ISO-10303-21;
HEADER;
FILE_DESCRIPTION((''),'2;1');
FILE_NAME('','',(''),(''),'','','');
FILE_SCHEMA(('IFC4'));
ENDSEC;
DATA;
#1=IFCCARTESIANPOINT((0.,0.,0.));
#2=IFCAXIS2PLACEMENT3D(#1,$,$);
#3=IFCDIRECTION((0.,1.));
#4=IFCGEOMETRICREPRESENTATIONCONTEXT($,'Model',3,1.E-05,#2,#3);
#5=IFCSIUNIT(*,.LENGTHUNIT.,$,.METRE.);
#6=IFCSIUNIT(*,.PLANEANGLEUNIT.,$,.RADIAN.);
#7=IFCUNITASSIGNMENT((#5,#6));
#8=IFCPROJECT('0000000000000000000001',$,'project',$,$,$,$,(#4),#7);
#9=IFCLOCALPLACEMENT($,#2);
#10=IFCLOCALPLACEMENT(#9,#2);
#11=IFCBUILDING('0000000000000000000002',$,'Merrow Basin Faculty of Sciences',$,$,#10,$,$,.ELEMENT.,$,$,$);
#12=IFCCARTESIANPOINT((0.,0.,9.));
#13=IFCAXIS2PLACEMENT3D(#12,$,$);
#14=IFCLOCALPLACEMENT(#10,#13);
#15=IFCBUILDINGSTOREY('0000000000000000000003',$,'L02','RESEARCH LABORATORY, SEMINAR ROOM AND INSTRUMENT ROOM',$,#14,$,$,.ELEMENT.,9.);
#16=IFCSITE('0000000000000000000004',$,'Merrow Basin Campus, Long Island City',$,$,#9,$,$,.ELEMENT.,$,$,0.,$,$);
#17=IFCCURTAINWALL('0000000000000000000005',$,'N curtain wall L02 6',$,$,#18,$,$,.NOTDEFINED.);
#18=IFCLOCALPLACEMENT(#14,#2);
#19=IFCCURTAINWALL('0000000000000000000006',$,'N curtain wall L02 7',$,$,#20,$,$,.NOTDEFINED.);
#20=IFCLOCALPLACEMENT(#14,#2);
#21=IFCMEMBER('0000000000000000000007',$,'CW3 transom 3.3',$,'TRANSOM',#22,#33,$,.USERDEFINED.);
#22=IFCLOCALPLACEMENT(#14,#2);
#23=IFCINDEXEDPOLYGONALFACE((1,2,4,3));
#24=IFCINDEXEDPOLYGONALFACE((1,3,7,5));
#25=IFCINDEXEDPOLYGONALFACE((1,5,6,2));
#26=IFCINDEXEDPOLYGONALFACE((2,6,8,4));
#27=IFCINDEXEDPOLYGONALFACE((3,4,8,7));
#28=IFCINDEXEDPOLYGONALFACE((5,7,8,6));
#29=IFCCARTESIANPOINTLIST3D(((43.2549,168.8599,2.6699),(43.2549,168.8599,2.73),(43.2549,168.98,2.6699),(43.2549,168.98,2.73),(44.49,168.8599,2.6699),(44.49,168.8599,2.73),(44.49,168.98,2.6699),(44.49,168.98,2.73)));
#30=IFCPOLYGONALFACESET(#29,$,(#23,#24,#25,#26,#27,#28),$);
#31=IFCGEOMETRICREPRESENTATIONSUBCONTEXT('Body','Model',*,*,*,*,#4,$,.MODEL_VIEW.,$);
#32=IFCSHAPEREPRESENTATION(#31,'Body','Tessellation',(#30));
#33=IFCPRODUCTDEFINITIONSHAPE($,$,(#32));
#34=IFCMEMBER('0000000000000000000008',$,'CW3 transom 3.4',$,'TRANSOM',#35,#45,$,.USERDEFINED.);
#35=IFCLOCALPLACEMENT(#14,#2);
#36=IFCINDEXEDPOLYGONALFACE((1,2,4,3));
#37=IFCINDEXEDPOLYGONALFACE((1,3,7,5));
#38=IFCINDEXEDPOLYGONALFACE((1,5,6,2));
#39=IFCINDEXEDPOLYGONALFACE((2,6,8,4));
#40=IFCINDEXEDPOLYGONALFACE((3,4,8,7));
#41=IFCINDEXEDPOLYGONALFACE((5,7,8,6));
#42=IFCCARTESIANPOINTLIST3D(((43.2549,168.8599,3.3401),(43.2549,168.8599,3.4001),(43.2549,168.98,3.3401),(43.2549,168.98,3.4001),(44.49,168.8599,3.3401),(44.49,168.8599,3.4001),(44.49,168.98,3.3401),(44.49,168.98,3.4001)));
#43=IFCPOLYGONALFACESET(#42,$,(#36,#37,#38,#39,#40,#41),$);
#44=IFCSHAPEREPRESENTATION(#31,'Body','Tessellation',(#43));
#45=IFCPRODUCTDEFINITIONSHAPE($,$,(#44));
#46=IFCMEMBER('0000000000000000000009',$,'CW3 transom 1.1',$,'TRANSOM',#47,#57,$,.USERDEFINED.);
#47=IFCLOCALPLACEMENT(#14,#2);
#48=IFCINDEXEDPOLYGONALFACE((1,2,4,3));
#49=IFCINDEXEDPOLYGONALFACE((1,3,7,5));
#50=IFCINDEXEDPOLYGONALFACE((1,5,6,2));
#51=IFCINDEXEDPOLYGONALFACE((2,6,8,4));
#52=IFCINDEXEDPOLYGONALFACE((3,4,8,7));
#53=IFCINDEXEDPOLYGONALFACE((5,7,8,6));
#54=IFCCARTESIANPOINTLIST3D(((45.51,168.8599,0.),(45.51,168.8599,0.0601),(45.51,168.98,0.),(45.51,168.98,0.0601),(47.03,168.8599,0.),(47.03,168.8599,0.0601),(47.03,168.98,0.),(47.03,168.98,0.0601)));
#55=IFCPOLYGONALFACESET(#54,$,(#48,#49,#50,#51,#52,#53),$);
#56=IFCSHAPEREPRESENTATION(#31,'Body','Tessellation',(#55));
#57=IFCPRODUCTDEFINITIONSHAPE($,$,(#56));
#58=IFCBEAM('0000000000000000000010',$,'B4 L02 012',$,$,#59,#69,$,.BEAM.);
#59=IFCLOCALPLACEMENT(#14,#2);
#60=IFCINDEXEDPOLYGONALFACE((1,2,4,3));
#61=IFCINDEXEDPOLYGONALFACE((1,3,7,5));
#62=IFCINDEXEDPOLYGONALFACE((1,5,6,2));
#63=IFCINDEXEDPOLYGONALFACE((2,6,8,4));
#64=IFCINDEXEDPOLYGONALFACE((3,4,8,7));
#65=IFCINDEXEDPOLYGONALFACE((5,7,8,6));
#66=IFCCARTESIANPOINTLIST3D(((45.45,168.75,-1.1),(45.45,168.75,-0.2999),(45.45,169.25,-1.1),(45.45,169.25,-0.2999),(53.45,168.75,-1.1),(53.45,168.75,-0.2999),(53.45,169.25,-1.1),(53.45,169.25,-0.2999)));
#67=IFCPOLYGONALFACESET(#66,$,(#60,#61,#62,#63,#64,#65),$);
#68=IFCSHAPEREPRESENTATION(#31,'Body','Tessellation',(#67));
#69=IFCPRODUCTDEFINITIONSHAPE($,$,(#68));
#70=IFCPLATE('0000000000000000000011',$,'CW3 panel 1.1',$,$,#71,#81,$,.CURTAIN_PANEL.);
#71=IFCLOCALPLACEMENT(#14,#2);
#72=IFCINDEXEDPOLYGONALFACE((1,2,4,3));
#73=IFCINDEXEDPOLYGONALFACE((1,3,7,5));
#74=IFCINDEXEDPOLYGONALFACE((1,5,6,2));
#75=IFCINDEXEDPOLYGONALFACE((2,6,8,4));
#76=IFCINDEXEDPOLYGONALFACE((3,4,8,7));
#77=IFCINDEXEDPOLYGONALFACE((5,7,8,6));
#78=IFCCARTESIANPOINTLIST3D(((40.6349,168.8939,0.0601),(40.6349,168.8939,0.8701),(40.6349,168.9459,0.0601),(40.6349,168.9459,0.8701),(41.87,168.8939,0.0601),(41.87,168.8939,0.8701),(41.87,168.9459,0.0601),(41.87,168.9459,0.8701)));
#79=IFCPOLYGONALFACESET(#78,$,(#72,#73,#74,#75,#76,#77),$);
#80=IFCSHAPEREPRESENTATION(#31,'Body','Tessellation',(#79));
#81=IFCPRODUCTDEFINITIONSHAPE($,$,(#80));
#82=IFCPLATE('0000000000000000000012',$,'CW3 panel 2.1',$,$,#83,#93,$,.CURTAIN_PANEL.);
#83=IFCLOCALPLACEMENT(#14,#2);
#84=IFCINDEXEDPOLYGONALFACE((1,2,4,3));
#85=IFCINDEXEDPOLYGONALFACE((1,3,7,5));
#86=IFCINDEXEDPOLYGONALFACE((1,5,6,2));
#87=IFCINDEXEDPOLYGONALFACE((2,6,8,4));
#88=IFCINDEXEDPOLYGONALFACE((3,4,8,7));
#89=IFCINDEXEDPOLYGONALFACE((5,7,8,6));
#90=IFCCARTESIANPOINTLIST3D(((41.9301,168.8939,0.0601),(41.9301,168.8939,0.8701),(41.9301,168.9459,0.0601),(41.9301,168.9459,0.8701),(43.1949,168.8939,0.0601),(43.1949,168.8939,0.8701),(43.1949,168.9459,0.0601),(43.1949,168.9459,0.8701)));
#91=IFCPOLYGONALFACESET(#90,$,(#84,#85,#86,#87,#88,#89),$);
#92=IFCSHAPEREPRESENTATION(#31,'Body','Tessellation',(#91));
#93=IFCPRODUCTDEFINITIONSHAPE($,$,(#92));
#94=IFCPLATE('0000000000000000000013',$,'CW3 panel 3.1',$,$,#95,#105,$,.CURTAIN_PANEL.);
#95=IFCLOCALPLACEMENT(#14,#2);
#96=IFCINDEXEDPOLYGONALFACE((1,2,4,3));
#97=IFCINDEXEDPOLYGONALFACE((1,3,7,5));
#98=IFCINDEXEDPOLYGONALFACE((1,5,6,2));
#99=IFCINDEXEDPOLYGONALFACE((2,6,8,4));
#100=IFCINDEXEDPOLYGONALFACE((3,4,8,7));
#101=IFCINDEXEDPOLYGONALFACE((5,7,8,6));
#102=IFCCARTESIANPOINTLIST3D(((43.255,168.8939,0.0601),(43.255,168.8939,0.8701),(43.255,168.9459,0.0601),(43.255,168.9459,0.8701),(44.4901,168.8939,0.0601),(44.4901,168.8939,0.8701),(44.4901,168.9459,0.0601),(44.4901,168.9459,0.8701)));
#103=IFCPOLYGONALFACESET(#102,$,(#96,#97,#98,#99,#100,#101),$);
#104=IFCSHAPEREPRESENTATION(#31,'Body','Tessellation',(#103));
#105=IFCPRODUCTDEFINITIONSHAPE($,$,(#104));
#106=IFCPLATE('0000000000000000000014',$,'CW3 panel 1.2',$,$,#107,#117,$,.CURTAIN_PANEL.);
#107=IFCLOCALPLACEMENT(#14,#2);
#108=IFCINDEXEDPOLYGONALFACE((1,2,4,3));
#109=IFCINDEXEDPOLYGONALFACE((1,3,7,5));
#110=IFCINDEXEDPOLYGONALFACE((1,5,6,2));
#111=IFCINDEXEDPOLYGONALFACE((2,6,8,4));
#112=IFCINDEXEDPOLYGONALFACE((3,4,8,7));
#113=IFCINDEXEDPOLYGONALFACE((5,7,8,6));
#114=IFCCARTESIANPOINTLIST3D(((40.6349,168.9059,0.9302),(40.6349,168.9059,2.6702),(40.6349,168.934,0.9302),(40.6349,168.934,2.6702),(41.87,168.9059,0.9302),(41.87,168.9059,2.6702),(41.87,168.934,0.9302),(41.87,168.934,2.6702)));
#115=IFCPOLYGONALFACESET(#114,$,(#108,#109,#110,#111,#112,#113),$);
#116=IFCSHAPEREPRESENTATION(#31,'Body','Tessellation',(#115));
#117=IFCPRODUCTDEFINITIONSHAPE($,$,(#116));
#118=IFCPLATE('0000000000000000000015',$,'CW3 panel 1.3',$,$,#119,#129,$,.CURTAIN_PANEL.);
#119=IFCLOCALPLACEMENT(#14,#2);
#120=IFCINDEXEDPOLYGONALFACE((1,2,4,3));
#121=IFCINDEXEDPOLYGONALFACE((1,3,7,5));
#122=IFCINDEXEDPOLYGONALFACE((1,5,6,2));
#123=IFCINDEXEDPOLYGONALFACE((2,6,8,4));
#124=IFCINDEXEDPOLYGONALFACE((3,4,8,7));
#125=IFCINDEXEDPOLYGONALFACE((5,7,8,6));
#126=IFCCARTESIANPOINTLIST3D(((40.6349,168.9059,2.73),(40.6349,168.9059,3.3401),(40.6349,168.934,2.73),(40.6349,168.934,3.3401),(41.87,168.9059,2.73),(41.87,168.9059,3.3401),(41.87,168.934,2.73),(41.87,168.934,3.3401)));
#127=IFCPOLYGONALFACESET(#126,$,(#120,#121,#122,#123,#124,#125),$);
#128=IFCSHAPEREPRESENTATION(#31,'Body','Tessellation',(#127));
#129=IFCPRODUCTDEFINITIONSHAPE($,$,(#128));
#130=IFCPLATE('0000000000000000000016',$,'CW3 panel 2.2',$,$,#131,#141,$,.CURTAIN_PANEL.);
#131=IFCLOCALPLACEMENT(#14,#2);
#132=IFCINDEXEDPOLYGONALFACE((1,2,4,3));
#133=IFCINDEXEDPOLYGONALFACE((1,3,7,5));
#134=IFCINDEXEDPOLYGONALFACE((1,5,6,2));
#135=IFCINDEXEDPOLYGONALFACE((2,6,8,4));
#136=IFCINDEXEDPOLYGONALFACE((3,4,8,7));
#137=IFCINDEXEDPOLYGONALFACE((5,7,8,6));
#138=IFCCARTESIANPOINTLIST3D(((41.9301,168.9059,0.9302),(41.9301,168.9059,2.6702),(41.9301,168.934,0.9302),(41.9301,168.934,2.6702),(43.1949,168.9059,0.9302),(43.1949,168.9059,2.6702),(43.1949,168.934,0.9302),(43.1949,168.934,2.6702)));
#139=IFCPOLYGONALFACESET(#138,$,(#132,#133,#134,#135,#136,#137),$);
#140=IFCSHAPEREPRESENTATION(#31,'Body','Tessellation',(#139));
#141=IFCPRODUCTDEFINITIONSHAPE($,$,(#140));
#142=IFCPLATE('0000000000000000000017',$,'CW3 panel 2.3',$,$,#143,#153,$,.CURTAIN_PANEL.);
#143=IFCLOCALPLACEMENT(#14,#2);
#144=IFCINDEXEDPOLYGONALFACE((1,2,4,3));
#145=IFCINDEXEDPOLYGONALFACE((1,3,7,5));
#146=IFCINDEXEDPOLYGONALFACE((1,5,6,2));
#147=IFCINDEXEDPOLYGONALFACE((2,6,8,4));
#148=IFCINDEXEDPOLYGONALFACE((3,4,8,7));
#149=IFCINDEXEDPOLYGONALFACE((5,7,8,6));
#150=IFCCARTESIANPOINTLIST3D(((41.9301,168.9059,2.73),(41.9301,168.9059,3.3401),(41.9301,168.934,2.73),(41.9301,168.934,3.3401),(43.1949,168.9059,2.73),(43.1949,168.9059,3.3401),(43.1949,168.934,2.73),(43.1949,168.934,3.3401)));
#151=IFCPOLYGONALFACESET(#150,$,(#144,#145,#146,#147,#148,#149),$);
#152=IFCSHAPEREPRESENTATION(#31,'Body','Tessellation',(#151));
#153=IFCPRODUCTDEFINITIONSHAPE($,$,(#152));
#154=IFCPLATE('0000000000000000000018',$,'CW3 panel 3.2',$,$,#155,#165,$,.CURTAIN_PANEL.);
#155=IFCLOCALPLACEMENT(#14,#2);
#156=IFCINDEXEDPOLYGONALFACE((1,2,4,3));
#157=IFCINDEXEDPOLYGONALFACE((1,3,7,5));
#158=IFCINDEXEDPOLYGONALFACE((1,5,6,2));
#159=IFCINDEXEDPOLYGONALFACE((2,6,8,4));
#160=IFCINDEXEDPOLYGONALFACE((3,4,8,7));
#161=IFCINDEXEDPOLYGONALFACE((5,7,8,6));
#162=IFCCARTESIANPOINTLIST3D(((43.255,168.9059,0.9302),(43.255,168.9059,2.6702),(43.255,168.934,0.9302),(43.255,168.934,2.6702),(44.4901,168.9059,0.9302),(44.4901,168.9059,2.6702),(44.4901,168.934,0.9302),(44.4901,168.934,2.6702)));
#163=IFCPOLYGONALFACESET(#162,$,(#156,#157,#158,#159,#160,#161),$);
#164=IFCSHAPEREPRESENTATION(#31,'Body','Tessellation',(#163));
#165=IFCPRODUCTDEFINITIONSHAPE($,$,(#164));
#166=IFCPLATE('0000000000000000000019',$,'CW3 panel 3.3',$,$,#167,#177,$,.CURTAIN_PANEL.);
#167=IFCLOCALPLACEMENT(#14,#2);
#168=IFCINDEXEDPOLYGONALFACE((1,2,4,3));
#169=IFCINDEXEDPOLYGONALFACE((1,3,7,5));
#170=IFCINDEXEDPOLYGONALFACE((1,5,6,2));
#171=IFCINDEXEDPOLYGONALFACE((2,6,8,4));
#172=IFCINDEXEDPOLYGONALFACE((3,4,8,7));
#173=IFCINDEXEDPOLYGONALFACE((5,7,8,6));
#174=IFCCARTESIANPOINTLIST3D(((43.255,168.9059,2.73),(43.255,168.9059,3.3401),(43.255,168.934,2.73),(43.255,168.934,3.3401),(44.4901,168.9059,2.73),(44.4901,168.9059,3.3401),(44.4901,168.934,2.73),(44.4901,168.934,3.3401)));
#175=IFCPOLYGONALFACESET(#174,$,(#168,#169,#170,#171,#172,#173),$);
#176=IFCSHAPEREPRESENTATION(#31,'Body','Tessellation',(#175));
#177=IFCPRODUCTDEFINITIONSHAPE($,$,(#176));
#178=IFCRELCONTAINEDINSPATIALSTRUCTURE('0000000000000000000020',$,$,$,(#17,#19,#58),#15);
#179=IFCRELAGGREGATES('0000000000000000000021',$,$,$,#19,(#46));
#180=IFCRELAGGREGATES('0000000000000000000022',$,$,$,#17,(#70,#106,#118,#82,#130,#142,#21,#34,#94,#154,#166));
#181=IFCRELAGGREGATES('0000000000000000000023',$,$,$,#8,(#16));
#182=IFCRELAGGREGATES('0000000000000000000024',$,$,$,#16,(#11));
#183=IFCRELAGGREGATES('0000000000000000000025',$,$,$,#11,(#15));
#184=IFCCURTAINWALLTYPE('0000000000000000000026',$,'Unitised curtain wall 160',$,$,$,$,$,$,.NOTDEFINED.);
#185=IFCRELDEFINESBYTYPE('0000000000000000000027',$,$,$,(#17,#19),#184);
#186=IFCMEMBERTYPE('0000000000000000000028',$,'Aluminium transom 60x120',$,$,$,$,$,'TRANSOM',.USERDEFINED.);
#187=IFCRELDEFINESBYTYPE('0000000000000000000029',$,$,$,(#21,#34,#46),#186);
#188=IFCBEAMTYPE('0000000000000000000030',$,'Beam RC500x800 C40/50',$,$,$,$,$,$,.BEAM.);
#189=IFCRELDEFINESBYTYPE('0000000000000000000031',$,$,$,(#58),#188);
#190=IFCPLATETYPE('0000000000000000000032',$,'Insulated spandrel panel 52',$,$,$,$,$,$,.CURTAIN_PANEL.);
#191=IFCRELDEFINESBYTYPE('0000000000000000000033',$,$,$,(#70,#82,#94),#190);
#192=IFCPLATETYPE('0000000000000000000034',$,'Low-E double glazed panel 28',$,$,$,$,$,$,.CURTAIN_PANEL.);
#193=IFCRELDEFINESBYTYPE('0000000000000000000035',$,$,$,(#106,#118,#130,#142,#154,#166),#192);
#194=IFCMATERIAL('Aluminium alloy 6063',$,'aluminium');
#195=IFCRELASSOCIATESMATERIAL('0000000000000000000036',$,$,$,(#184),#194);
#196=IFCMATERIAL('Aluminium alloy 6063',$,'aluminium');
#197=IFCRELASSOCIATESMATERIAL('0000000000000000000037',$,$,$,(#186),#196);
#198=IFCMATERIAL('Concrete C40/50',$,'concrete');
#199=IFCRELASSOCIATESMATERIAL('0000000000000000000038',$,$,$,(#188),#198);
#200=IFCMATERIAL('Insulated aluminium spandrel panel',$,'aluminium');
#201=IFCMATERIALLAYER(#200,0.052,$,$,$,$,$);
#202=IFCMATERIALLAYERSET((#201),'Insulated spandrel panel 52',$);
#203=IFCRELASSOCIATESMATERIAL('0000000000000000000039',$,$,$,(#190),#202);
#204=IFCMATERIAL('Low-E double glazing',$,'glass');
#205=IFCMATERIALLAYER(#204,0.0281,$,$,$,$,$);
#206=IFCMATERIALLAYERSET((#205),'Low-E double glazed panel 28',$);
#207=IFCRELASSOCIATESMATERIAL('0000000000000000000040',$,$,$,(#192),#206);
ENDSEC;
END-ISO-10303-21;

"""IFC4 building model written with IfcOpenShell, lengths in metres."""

from ifc_helpers import new_model, si_unit, direction, frame, origin, origin_2d, place, context, subcontext, project, spatial, rectangle, extrude, material, layer, layer_set, material_profile, profile_set, type_object, element, aggregate, save


model = new_model("IFC4")

# Units and contexts
model_context = context("Model", 3, precision=1e-05, world=origin(), true_north=direction((0.0, 1.0)))
body_context = subcontext(model_context, "Body", "Model", "MODEL_VIEW")
ifc_project = project(units=[si_unit("LENGTHUNIT", "METRE"), si_unit("PLANEANGLEUNIT", "RADIAN")], contexts=[model_context])

# Site, building, storey
site_placement = place(None, origin())
site = spatial("IfcSite", under=ifc_project, at=site_placement, Name="Merrow Basin Campus, Long Island City", CompositionType="ELEMENT", RefElevation=0.0)
building_placement = place(site_placement, origin())
building = spatial("IfcBuilding", under=site, at=building_placement, Name="Merrow Basin Faculty of Sciences", CompositionType="ELEMENT")
storey_placement = place(building_placement, frame((0.0, 0.0, 9.0)))
storey = spatial("IfcBuildingStorey", under=building, at=storey_placement, Name="L02", Description="RESEARCH LABORATORY, SEMINAR ROOM AND INSTRUMENT ROOM", CompositionType="ELEMENT", Elevation=9.0)

# Curtain wall
ifc_material_1 = material(Name="Aluminium alloy 6063", Category="aluminium")
curtain_wall_type = type_object("IfcCurtainWallType", Name="Unitised curtain wall 160", PredefinedType="NOTDEFINED", material=ifc_material_1)
curtain_wall_1_placement = place(storey_placement, origin())
curtain_wall_1 = element("IfcCurtainWall", 1, at=curtain_wall_1_placement, inside=storey, type_object=curtain_wall_type, Name="N curtain wall L02 6", PredefinedType="NOTDEFINED")

# Curtain wall
curtain_wall_2_placement = place(storey_placement, origin())
curtain_wall_2 = element("IfcCurtainWall", 2, at=curtain_wall_2_placement, inside=storey, type_object=curtain_wall_type, Name="N curtain wall L02 7", PredefinedType="NOTDEFINED")

# Members
ifc_material_2 = material(Name="Aluminium alloy 6063", Category="aluminium")
ifc_material_profile_1 = material_profile(ifc_material_2, rectangle(XDim=0.1201, YDim=0.0601, at=origin_2d()))
ifc_profile_set_1 = profile_set([ifc_material_profile_1], Name="Aluminium alloy 6063")
member_type_1 = type_object("IfcMemberType", Name="Aluminium transom 60x120", ElementType="TRANSOM", PredefinedType="USERDEFINED", material=ifc_profile_set_1)
member_1_placement = place(storey_placement, frame((43.2549, 168.9199, 2.7), z_axis=(1.0, 0.0, 0.0), x_axis=(0.0, 1.0, 0.0)))
member_1 = element("IfcMember", 3, at=member_1_placement, type_object=member_type_1, Name="CW3 transom 3.3", ObjectType="TRANSOM", PredefinedType="USERDEFINED", context=body_context, shape_type="SweptSolid", body=[
    extrude(rectangle(XDim=0.1201, YDim=0.0601, at=origin_2d()), origin(), (0.0, 0.0, 1.0), 1.2351),
])
member_2_placement = place(storey_placement, frame((43.2549, 168.9199, 3.3701), z_axis=(1.0, 0.0, 0.0), x_axis=(0.0, 1.0, 0.0)))
member_2 = element("IfcMember", 4, at=member_2_placement, type_object=member_type_1, Name="CW3 transom 3.4", ObjectType="TRANSOM", PredefinedType="USERDEFINED", context=body_context, shape_type="SweptSolid", body=[
    extrude(rectangle(XDim=0.1201, YDim=0.0601, at=origin_2d()), origin(), (0.0, 0.0, 1.0), 1.2351),
])
member_3_placement = place(storey_placement, frame((45.51, 168.9199, 0.03), z_axis=(1.0, 0.0, 0.0), x_axis=(0.0, 1.0, 0.0)))
member_3 = element("IfcMember", 5, at=member_3_placement, type_object=member_type_1, Name="CW3 transom 1.1", ObjectType="TRANSOM", PredefinedType="USERDEFINED", context=body_context, shape_type="SweptSolid", body=[
    extrude(rectangle(XDim=0.1201, YDim=0.0601, at=origin_2d()), origin(), (0.0, 0.0, 1.0), 1.52),
])
aggregate(curtain_wall_2, [member_3])

# Beam
ifc_material_3 = material(Name="Concrete C40/50", Category="concrete")
ifc_material_profile_2 = material_profile(ifc_material_3, rectangle(XDim=0.5, YDim=0.8, at=origin_2d()))
ifc_profile_set_2 = profile_set([ifc_material_profile_2], Name="Concrete C40/50")
beam_type = type_object("IfcBeamType", Name="Beam RC500x800 C40/50", PredefinedType="BEAM", material=ifc_profile_set_2)
beam_placement = place(storey_placement, frame((45.45, 169.0, -0.7), z_axis=(1.0, 0.0, 0.0), x_axis=(0.0, 1.0, 0.0)))
element("IfcBeam", 6, at=beam_placement, inside=storey, type_object=beam_type, Name="B4 L02 012", PredefinedType="BEAM", context=body_context, shape_type="SweptSolid", body=[
    extrude(rectangle(XDim=0.5, YDim=0.8, at=origin_2d()), origin(), (0.0, 0.0, 1.0), 8.0),
])

# Plates
ifc_material_4 = material(Name="Insulated aluminium spandrel panel", Category="aluminium")
ifc_layer_1 = layer(ifc_material_4, 0.052)
ifc_layer_set_1 = layer_set([ifc_layer_1], Name="Insulated spandrel panel 52")
plate_type_1 = type_object("IfcPlateType", Name="Insulated spandrel panel 52", PredefinedType="CURTAIN_PANEL", material=ifc_layer_set_1)
plate_1_placement = place(storey_placement, frame((41.2524, 168.9199, 0.0601), z_axis=(0.0, 0.0, 1.0), x_axis=(1.0, 0.0, 0.0)))
plate_1 = element("IfcPlate", 7, at=plate_1_placement, type_object=plate_type_1, Name="CW3 panel 1.1", PredefinedType="CURTAIN_PANEL", context=body_context, shape_type="SweptSolid", body=[
    extrude(rectangle(XDim=1.2351, YDim=0.052, at=origin_2d()), origin(), (0.0, 0.0, 1.0), 0.8101),
])
plate_2_placement = place(storey_placement, frame((42.5625, 168.9199, 0.0601), z_axis=(0.0, 0.0, 1.0), x_axis=(1.0, 0.0, 0.0)))
plate_2 = element("IfcPlate", 8, at=plate_2_placement, type_object=plate_type_1, Name="CW3 panel 2.1", PredefinedType="CURTAIN_PANEL", context=body_context, shape_type="SweptSolid", body=[
    extrude(rectangle(XDim=1.2649, YDim=0.052, at=origin_2d()), origin(), (0.0, 0.0, 1.0), 0.8101),
])
plate_3_placement = place(storey_placement, frame((43.8726, 168.9199, 0.0601), z_axis=(0.0, 0.0, 1.0), x_axis=(1.0, 0.0, 0.0)))
plate_3 = element("IfcPlate", 9, at=plate_3_placement, type_object=plate_type_1, Name="CW3 panel 3.1", PredefinedType="CURTAIN_PANEL", context=body_context, shape_type="SweptSolid", body=[
    extrude(rectangle(XDim=1.2351, YDim=0.052, at=origin_2d()), origin(), (0.0, 0.0, 1.0), 0.8101),
])
ifc_material_5 = material(Name="Low-E double glazing", Category="glass")
ifc_layer_2 = layer(ifc_material_5, 0.0281)
ifc_layer_set_2 = layer_set([ifc_layer_2], Name="Low-E double glazed panel 28")
plate_type_2 = type_object("IfcPlateType", Name="Low-E double glazed panel 28", PredefinedType="CURTAIN_PANEL", material=ifc_layer_set_2)
plate_4_placement = place(storey_placement, frame((41.2524, 168.9199, 0.9302), z_axis=(0.0, 0.0, 1.0), x_axis=(1.0, 0.0, 0.0)))
plate_4 = element("IfcPlate", 10, at=plate_4_placement, type_object=plate_type_2, Name="CW3 panel 1.2", PredefinedType="CURTAIN_PANEL", context=body_context, shape_type="SweptSolid", body=[
    extrude(rectangle(XDim=1.2351, YDim=0.0281, at=origin_2d()), origin(), (0.0, 0.0, 1.0), 1.74),
])
plate_5_placement = place(storey_placement, frame((41.2524, 168.9199, 2.73), z_axis=(0.0, 0.0, 1.0), x_axis=(1.0, 0.0, 0.0)))
plate_5 = element("IfcPlate", 11, at=plate_5_placement, type_object=plate_type_2, Name="CW3 panel 1.3", PredefinedType="CURTAIN_PANEL", context=body_context, shape_type="SweptSolid", body=[
    extrude(rectangle(XDim=1.2351, YDim=0.0281, at=origin_2d()), origin(), (0.0, 0.0, 1.0), 0.6101),
])
plate_6_placement = place(storey_placement, frame((42.5625, 168.9199, 0.9302), z_axis=(0.0, 0.0, 1.0), x_axis=(1.0, 0.0, 0.0)))
plate_6 = element("IfcPlate", 12, at=plate_6_placement, type_object=plate_type_2, Name="CW3 panel 2.2", PredefinedType="CURTAIN_PANEL", context=body_context, shape_type="SweptSolid", body=[
    extrude(rectangle(XDim=1.2649, YDim=0.0281, at=origin_2d()), origin(), (0.0, 0.0, 1.0), 1.74),
])
plate_7_placement = place(storey_placement, frame((42.5625, 168.9199, 2.73), z_axis=(0.0, 0.0, 1.0), x_axis=(1.0, 0.0, 0.0)))
plate_7 = element("IfcPlate", 13, at=plate_7_placement, type_object=plate_type_2, Name="CW3 panel 2.3", PredefinedType="CURTAIN_PANEL", context=body_context, shape_type="SweptSolid", body=[
    extrude(rectangle(XDim=1.2649, YDim=0.0281, at=origin_2d()), origin(), (0.0, 0.0, 1.0), 0.6101),
])
plate_8_placement = place(storey_placement, frame((43.8726, 168.9199, 0.9302), z_axis=(0.0, 0.0, 1.0), x_axis=(1.0, 0.0, 0.0)))
plate_8 = element("IfcPlate", 14, at=plate_8_placement, type_object=plate_type_2, Name="CW3 panel 3.2", PredefinedType="CURTAIN_PANEL", context=body_context, shape_type="SweptSolid", body=[
    extrude(rectangle(XDim=1.2351, YDim=0.0281, at=origin_2d()), origin(), (0.0, 0.0, 1.0), 1.74),
])
plate_9_placement = place(storey_placement, frame((43.8726, 168.9199, 2.73), z_axis=(0.0, 0.0, 1.0), x_axis=(1.0, 0.0, 0.0)))
plate_9 = element("IfcPlate", 15, at=plate_9_placement, type_object=plate_type_2, Name="CW3 panel 3.3", PredefinedType="CURTAIN_PANEL", context=body_context, shape_type="SweptSolid", body=[
    extrude(rectangle(XDim=1.2351, YDim=0.0281, at=origin_2d()), origin(), (0.0, 0.0, 1.0), 0.6101),
])
aggregate(curtain_wall_1, [plate_1, plate_4, plate_5, plate_2, plate_6, plate_7, member_1, member_2, plate_3, plate_8, plate_9])

save(model, "model.ifc")
